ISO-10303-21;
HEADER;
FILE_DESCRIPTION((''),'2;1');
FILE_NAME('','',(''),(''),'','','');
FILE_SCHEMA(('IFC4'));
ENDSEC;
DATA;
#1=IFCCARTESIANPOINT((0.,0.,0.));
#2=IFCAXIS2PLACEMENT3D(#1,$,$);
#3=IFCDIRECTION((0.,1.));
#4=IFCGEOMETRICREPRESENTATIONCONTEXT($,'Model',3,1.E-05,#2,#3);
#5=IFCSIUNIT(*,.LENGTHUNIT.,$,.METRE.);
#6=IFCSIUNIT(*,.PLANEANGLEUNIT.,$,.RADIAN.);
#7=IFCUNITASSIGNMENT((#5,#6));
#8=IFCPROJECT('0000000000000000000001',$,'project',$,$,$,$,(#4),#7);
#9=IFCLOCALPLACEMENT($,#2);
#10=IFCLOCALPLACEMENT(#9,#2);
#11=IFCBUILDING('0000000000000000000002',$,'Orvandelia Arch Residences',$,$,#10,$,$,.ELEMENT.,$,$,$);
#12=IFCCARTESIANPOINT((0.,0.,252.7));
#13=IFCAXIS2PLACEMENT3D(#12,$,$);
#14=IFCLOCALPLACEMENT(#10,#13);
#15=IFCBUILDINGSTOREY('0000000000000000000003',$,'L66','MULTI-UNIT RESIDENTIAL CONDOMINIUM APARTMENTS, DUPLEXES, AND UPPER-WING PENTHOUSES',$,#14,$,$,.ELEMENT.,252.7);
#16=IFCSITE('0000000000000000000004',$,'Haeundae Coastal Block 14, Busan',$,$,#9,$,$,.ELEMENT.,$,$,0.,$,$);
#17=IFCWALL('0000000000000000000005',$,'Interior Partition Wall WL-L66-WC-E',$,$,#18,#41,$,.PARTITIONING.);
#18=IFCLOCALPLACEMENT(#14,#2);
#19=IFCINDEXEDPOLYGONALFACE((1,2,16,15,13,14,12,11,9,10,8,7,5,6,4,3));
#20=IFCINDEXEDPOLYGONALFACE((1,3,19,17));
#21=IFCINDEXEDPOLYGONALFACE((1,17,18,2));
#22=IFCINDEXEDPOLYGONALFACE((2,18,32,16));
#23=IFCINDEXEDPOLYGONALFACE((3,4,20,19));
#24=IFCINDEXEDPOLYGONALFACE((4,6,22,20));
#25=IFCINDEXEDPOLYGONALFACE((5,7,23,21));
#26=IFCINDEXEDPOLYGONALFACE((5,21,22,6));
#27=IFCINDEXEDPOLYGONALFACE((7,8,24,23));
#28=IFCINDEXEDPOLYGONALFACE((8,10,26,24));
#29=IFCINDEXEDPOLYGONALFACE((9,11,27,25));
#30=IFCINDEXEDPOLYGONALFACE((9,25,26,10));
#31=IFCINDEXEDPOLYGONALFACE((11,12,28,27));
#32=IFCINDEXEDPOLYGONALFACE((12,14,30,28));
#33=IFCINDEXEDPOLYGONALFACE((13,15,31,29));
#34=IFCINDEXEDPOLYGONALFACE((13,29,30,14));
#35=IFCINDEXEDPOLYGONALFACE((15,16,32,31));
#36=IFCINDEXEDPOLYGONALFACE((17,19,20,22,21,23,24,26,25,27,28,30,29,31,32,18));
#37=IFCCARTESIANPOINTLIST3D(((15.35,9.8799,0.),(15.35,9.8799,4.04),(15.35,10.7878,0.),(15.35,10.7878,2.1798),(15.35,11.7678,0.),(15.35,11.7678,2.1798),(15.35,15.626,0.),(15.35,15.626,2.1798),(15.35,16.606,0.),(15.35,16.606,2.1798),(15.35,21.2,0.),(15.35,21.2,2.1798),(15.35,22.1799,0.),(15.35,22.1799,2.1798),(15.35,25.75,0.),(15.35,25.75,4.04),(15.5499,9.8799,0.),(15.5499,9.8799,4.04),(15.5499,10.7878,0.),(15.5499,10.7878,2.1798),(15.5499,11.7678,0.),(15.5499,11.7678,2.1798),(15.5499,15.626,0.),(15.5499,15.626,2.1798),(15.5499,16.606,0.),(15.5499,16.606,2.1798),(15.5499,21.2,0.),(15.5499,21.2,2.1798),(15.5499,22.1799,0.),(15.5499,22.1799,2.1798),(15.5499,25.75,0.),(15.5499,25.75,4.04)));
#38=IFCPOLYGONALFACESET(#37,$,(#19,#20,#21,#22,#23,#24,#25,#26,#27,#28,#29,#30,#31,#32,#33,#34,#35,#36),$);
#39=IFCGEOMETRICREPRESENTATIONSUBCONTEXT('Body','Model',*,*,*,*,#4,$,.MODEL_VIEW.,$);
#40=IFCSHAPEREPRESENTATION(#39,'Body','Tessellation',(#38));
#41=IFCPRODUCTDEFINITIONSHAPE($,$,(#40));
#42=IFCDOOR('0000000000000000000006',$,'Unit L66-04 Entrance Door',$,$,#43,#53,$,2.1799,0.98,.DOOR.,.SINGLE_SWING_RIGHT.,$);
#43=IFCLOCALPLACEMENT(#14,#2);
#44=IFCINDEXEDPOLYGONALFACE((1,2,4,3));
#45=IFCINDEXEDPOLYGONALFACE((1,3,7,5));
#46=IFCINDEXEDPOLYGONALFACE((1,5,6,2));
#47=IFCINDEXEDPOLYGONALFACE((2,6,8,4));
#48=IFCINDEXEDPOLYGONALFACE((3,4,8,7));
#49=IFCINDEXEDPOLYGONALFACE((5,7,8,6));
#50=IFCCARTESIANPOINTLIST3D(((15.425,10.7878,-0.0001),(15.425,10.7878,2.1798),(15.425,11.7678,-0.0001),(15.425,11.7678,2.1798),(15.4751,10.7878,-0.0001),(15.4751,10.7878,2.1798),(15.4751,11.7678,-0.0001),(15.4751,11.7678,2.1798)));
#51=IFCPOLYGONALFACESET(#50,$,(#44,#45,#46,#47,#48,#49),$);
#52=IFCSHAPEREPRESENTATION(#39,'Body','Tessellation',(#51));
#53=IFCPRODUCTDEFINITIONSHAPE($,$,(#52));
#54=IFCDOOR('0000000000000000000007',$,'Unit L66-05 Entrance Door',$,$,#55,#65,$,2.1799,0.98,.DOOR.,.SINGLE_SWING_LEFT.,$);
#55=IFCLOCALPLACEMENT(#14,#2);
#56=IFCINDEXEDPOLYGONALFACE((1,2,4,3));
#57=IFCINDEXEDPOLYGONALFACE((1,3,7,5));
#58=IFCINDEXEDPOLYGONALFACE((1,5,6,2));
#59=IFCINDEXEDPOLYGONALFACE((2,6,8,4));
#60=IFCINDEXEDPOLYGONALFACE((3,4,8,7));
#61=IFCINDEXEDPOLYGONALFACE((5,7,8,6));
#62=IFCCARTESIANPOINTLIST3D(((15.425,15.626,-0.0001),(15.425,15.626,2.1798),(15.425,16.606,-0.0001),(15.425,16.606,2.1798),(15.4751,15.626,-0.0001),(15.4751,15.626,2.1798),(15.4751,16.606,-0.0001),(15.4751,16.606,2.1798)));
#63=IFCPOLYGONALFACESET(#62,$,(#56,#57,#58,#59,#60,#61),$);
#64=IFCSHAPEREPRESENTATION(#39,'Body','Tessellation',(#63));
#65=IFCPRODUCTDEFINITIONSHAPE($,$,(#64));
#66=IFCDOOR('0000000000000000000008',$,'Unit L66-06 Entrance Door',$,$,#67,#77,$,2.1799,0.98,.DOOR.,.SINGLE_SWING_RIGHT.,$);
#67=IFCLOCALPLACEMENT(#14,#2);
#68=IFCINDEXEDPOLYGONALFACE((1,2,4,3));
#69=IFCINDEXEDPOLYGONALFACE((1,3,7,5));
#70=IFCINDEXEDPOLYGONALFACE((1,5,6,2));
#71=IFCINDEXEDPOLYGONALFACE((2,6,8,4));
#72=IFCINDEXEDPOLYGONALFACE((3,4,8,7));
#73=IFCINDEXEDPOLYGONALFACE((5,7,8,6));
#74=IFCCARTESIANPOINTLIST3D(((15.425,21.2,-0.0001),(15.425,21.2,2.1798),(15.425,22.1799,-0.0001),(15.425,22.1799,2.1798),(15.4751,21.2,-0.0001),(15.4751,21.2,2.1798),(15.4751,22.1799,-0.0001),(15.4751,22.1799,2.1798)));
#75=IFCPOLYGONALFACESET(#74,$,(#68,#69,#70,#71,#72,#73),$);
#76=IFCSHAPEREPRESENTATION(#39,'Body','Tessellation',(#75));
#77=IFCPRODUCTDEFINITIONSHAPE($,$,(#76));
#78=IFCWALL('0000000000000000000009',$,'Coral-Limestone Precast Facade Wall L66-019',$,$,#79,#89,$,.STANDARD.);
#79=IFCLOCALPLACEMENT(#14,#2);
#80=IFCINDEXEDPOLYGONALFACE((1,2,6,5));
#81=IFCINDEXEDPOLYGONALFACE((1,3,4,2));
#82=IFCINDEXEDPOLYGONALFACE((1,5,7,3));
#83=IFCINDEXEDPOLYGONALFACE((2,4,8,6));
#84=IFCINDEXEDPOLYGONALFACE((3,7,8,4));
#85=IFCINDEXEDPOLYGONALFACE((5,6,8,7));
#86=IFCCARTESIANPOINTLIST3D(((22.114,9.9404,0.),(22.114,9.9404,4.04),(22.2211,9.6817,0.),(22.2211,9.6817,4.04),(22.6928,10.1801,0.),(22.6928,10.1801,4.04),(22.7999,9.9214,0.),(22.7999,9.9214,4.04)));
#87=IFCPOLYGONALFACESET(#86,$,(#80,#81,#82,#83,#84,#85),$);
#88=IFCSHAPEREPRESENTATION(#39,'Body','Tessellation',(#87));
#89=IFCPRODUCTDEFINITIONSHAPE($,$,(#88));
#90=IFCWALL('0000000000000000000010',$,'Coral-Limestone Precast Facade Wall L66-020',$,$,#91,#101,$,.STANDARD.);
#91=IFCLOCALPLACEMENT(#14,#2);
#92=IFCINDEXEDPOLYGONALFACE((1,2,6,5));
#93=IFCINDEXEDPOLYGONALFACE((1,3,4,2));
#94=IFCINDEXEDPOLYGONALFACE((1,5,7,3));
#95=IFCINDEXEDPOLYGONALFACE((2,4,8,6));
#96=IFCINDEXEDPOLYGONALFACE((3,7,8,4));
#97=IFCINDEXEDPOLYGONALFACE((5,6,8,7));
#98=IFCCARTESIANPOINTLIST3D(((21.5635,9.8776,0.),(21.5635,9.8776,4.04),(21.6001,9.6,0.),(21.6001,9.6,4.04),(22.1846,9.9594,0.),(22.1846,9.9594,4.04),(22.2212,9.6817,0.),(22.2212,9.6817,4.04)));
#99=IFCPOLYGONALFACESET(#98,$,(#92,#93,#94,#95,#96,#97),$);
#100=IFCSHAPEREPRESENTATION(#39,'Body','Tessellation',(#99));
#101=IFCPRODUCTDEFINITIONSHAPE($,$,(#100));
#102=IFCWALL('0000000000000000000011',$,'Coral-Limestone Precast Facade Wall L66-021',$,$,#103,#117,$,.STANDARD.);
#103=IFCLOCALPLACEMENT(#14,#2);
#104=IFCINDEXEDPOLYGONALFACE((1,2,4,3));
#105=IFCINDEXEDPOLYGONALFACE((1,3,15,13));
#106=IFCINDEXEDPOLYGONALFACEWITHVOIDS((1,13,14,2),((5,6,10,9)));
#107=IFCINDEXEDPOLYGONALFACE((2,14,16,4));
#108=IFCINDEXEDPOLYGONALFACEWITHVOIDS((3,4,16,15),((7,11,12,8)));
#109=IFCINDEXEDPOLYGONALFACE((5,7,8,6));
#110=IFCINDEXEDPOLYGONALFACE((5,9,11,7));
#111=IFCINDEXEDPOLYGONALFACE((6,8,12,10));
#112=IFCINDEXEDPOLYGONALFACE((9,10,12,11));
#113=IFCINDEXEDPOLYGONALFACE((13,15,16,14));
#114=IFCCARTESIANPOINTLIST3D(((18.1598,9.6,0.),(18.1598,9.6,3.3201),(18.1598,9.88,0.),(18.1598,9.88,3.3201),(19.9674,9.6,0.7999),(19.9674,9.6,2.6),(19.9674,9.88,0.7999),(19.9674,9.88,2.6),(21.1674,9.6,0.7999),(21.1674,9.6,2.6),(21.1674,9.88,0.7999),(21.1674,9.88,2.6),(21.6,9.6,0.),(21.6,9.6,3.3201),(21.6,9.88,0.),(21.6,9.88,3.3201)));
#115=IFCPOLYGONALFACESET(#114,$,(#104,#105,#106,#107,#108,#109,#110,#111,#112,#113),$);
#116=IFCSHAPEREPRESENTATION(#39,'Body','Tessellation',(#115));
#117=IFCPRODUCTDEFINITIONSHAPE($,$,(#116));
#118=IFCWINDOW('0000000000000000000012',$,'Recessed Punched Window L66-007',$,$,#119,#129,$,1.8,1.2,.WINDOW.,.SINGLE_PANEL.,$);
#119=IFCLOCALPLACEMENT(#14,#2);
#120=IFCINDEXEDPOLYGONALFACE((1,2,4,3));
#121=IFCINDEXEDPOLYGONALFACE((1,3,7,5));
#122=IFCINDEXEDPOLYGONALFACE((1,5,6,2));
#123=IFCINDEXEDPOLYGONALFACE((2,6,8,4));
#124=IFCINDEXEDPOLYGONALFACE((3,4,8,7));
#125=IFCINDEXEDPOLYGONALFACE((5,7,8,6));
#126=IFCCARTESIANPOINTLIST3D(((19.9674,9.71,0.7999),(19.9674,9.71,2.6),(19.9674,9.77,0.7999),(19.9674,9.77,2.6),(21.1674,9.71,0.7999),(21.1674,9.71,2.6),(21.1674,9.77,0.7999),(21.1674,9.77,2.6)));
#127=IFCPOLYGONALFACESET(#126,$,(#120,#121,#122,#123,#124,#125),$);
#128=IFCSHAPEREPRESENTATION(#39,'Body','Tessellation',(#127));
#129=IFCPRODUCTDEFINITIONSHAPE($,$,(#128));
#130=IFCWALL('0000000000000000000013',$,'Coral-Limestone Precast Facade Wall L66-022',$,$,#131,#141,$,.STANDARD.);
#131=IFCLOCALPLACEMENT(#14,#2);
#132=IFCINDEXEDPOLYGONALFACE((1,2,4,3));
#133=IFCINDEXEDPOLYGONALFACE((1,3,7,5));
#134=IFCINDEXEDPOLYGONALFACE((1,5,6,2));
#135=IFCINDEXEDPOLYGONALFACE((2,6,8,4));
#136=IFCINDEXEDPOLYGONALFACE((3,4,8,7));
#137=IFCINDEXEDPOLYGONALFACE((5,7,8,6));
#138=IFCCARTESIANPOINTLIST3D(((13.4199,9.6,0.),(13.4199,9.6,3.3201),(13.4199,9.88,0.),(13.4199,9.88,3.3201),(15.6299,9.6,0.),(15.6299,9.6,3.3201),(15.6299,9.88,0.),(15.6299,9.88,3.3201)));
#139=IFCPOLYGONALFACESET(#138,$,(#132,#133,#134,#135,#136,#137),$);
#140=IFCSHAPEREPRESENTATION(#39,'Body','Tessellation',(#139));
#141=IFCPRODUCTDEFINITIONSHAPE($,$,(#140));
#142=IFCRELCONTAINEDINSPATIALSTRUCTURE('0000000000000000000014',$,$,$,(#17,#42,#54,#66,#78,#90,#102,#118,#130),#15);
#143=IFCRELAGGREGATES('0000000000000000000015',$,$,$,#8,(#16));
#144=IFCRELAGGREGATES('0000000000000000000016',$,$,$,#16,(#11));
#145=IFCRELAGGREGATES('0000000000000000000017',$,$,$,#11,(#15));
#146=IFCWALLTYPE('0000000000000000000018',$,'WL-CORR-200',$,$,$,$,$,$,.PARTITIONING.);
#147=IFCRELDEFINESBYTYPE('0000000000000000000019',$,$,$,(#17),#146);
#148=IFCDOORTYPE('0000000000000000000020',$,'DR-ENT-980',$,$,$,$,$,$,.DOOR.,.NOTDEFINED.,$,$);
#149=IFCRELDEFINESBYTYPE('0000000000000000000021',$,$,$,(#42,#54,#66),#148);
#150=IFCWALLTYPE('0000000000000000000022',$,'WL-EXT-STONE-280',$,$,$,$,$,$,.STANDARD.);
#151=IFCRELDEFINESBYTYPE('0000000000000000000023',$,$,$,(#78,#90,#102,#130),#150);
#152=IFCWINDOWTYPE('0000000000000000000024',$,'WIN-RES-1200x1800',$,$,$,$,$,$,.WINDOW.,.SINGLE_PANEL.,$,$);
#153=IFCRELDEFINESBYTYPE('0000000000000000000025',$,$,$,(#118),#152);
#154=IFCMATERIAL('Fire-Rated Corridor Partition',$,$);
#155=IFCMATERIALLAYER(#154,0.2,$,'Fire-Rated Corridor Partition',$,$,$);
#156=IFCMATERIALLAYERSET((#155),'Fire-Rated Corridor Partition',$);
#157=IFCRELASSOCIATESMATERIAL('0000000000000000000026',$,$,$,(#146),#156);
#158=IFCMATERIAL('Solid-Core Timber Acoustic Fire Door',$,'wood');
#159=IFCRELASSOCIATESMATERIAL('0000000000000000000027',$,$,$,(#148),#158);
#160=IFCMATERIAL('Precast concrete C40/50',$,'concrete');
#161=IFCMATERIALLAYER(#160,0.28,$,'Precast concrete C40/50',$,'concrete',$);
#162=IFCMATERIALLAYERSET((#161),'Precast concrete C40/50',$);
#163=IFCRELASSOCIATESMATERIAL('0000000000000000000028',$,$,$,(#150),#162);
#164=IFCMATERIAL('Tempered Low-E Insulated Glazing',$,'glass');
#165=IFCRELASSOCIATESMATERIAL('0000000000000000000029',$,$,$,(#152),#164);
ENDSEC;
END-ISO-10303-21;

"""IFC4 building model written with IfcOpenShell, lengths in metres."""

from ifc_helpers import new_model, si_unit, direction, frame, frame_2d, origin, place, context, subcontext, project, spatial, rectangle, extrude, material, layer, layer_set, type_object, element, fill, save


model = new_model("IFC4")

# Units and contexts
model_context = context("Model", 3, precision=1e-05, world=origin(), true_north=direction((0.0, 1.0)))
body_context = subcontext(model_context, "Body", "Model", "MODEL_VIEW")
ifc_project = project(units=[si_unit("LENGTHUNIT", "METRE"), si_unit("PLANEANGLEUNIT", "RADIAN")], contexts=[model_context])

# Site, building, storey
site_placement = place(None, origin())
site = spatial("IfcSite", under=ifc_project, at=site_placement, Name="Haeundae Coastal Block 14, Busan", CompositionType="ELEMENT", RefElevation=0.0)
building_placement = place(site_placement, origin())
building = spatial("IfcBuilding", under=site, at=building_placement, Name="Orvandelia Arch Residences", CompositionType="ELEMENT")
storey_placement = place(building_placement, frame((0.0, 0.0, 252.7)))
storey = spatial("IfcBuildingStorey", under=building, at=storey_placement, Name="L66", Description="MULTI-UNIT RESIDENTIAL CONDOMINIUM APARTMENTS, DUPLEXES, AND UPPER-WING PENTHOUSES", CompositionType="ELEMENT", Elevation=252.7)

# Wall, openings, doors
ifc_material_1 = material(Name="Fire-Rated Corridor Partition")
ifc_layer_1 = layer(ifc_material_1, 0.2, Name="Fire-Rated Corridor Partition")
ifc_layer_set_1 = layer_set([ifc_layer_1], Name="Fire-Rated Corridor Partition")
wall_type_1 = type_object("IfcWallType", Name="WL-CORR-200", PredefinedType="PARTITIONING", material=ifc_layer_set_1)
ifc_material_2 = material(Name="Solid-Core Timber Acoustic Fire Door", Category="wood")
door_type = type_object("IfcDoorType", Name="DR-ENT-980", OperationType="NOTDEFINED", PredefinedType="DOOR", material=ifc_material_2)
wall_1_placement = place(storey_placement, frame((15.45, 9.8799, 0.0), z_axis=(0.0, 0.0, 1.0), x_axis=(0.0, 1.0, 0.0)))
wall_1 = element("IfcWall", 1, at=wall_1_placement, inside=storey, type_object=wall_type_1, Name="Interior Partition Wall WL-L66-WC-E", PredefinedType="PARTITIONING", context=body_context, shape_type="SweptSolid", body=[
    extrude(rectangle(XDim=15.8701, YDim=0.2, at=frame_2d((7.9351, 0.0))), origin(), (0.0, 0.0, 1.0), 4.04),
])
opening_1_placement = place(wall_1_placement, frame((0.908, 0.0, 0.0)))
opening_1 = element("IfcOpeningElement", 2, at=opening_1_placement, cuts=wall_1, PredefinedType="OPENING", context=body_context, shape_type="SweptSolid", body=[
    extrude(rectangle(XDim=0.98, YDim=2.1799, at=frame_2d((0.49, 1.0898))), frame((0.0, 0.1099, 0.0), z_axis=(0.0, -1.0, 0.0), x_axis=(1.0, 0.0, 0.0)), (0.0, 0.0, 1.0), 0.22),
])
opening_2_placement = place(wall_1_placement, frame((5.7461, 0.0, 0.0)))
opening_2 = element("IfcOpeningElement", 3, at=opening_2_placement, cuts=wall_1, PredefinedType="OPENING", context=body_context, shape_type="SweptSolid", body=[
    extrude(rectangle(XDim=0.98, YDim=2.1799, at=frame_2d((0.49, 1.0898))), frame((0.0, 0.1099, 0.0), z_axis=(0.0, -1.0, 0.0), x_axis=(1.0, 0.0, 0.0)), (0.0, 0.0, 1.0), 0.22),
])
opening_3_placement = place(wall_1_placement, frame((11.3201, 0.0, 0.0)))
opening_3 = element("IfcOpeningElement", 4, at=opening_3_placement, cuts=wall_1, PredefinedType="OPENING", context=body_context, shape_type="SweptSolid", body=[
    extrude(rectangle(XDim=0.98, YDim=2.1799, at=frame_2d((0.49, 1.0898))), frame((0.0, 0.1099, 0.0), z_axis=(0.0, -1.0, 0.0), x_axis=(1.0, 0.0, 0.0)), (0.0, 0.0, 1.0), 0.22),
])
door_1_placement = place(opening_1_placement, origin())
door_1 = element("IfcDoor", 5, at=door_1_placement, inside=storey, type_object=door_type, Name="Unit L66-04 Entrance Door", OperationType="SINGLE_SWING_RIGHT", OverallHeight=2.1799, OverallWidth=0.98, PredefinedType="DOOR", context=body_context, shape_type="SweptSolid", body=[
    extrude(rectangle(XDim=0.98, YDim=2.1799, at=frame_2d((0.49, 1.0898))), frame((0.0, 0.0249, 0.0), z_axis=(0.0, -1.0, 0.0), x_axis=(1.0, 0.0, 0.0)), (0.0, 0.0, 1.0), 0.05),
])
fill(opening_1, door_1)
door_2_placement = place(opening_2_placement, origin())
door_2 = element("IfcDoor", 6, at=door_2_placement, inside=storey, type_object=door_type, Name="Unit L66-05 Entrance Door", OperationType="SINGLE_SWING_LEFT", OverallHeight=2.1799, OverallWidth=0.98, PredefinedType="DOOR", context=body_context, shape_type="SweptSolid", body=[
    extrude(rectangle(XDim=0.98, YDim=2.1799, at=frame_2d((0.49, 1.0898))), frame((0.0, 0.0249, 0.0), z_axis=(0.0, -1.0, 0.0), x_axis=(1.0, 0.0, 0.0)), (0.0, 0.0, 1.0), 0.05),
])
fill(opening_2, door_2)
door_3_placement = place(opening_3_placement, origin())
door_3 = element("IfcDoor", 7, at=door_3_placement, inside=storey, type_object=door_type, Name="Unit L66-06 Entrance Door", OperationType="SINGLE_SWING_RIGHT", OverallHeight=2.1799, OverallWidth=0.98, PredefinedType="DOOR", context=body_context, shape_type="SweptSolid", body=[
    extrude(rectangle(XDim=0.98, YDim=2.1799, at=frame_2d((0.49, 1.0898))), frame((0.0, 0.0249, 0.0), z_axis=(0.0, -1.0, 0.0), x_axis=(1.0, 0.0, 0.0)), (0.0, 0.0, 1.0), 0.05),
])
fill(opening_3, door_3)

# Walls
ifc_material_3 = material(Name="Precast concrete C40/50", Category="concrete")
ifc_layer_2 = layer(ifc_material_3, 0.28, Name="Precast concrete C40/50", Category="concrete")
ifc_layer_set_2 = layer_set([ifc_layer_2], Name="Precast concrete C40/50")
wall_type_2 = type_object("IfcWallType", Name="WL-EXT-STONE-280", PredefinedType="STANDARD", material=ifc_layer_set_2)
for number, where, z_axis, x_axis, name in (
    (8, (22.7463, 10.0508, 0.0), (0.0, 0.0, 1.0), (-0.923893, -0.38265, 0.0), "Coral-Limestone Precast Facade Wall L66-019"),
    (9, (22.2029, 9.8206, 0.0), (0.0, 0.0, 1.0), (-0.991441, -0.130555, 0.0), "Coral-Limestone Precast Facade Wall L66-020"),
):
    element("IfcWall", number, at=place(storey_placement, frame(where, z_axis=z_axis, x_axis=x_axis)), inside=storey, type_object=wall_type_2, Name=name, PredefinedType="STANDARD", context=body_context, shape_type="SweptSolid", body=[
        extrude(rectangle(XDim=0.6265, YDim=0.28, at=frame_2d((0.3132, 0.0))), origin(), (0.0, 0.0, 1.0), 4.04),
    ])

# Wall, opening, window
wall_2_placement = place(storey_placement, frame((21.6001, 9.74, 0.0), z_axis=(0.0, 0.0, 1.0), x_axis=(-1.0, 0.0, 0.0)))
wall_2 = element("IfcWall", 10, at=wall_2_placement, inside=storey, type_object=wall_type_2, Name="Coral-Limestone Precast Facade Wall L66-021", PredefinedType="STANDARD", context=body_context, shape_type="SweptSolid", body=[
    extrude(rectangle(XDim=3.4402, YDim=0.28, at=frame_2d((1.7202, 0.0))), origin(), (0.0, 0.0, 1.0), 3.3201),
])
opening_4_placement = place(wall_2_placement, frame((0.4326, 0.0, 0.8)))
opening_4 = element("IfcOpeningElement", 11, at=opening_4_placement, cuts=wall_2, PredefinedType="OPENING", context=body_context, shape_type="SweptSolid", body=[
    extrude(rectangle(XDim=1.2, YDim=1.8, at=frame_2d((0.6001, 0.8999))), frame((0.0, 0.1499, 0.0), z_axis=(0.0, -1.0, 0.0), x_axis=(1.0, 0.0, 0.0)), (0.0, 0.0, 1.0), 0.3),
])
ifc_material_4 = material(Name="Tempered Low-E Insulated Glazing", Category="glass")
window_type = type_object("IfcWindowType", Name="WIN-RES-1200x1800", PartitioningType="SINGLE_PANEL", PredefinedType="WINDOW", material=ifc_material_4)
window_placement = place(opening_4_placement, origin())
window = element("IfcWindow", 12, at=window_placement, inside=storey, type_object=window_type, Name="Recessed Punched Window L66-007", OverallHeight=1.8, OverallWidth=1.2, PartitioningType="SINGLE_PANEL", PredefinedType="WINDOW", context=body_context, shape_type="SweptSolid", body=[
    extrude(rectangle(XDim=1.2, YDim=1.8, at=frame_2d((0.6001, 0.8999))), frame((0.0, 0.03, 0.0), z_axis=(0.0, -1.0, 0.0), x_axis=(1.0, 0.0, 0.0)), (0.0, 0.0, 1.0), 0.0601),
])
fill(opening_4, window)

# Wall
wall_3_placement = place(storey_placement, frame((15.6299, 9.74, 0.0), z_axis=(0.0, 0.0, 1.0), x_axis=(-1.0, 0.0, 0.0)))
element("IfcWall", 13, at=wall_3_placement, inside=storey, type_object=wall_type_2, Name="Coral-Limestone Precast Facade Wall L66-022", PredefinedType="STANDARD", context=body_context, shape_type="SweptSolid", body=[
    extrude(rectangle(XDim=2.21, YDim=0.28, at=frame_2d((1.105, 0.0))), origin(), (0.0, 0.0, 1.0), 3.3201),
])

save(model, "model.ifc")
